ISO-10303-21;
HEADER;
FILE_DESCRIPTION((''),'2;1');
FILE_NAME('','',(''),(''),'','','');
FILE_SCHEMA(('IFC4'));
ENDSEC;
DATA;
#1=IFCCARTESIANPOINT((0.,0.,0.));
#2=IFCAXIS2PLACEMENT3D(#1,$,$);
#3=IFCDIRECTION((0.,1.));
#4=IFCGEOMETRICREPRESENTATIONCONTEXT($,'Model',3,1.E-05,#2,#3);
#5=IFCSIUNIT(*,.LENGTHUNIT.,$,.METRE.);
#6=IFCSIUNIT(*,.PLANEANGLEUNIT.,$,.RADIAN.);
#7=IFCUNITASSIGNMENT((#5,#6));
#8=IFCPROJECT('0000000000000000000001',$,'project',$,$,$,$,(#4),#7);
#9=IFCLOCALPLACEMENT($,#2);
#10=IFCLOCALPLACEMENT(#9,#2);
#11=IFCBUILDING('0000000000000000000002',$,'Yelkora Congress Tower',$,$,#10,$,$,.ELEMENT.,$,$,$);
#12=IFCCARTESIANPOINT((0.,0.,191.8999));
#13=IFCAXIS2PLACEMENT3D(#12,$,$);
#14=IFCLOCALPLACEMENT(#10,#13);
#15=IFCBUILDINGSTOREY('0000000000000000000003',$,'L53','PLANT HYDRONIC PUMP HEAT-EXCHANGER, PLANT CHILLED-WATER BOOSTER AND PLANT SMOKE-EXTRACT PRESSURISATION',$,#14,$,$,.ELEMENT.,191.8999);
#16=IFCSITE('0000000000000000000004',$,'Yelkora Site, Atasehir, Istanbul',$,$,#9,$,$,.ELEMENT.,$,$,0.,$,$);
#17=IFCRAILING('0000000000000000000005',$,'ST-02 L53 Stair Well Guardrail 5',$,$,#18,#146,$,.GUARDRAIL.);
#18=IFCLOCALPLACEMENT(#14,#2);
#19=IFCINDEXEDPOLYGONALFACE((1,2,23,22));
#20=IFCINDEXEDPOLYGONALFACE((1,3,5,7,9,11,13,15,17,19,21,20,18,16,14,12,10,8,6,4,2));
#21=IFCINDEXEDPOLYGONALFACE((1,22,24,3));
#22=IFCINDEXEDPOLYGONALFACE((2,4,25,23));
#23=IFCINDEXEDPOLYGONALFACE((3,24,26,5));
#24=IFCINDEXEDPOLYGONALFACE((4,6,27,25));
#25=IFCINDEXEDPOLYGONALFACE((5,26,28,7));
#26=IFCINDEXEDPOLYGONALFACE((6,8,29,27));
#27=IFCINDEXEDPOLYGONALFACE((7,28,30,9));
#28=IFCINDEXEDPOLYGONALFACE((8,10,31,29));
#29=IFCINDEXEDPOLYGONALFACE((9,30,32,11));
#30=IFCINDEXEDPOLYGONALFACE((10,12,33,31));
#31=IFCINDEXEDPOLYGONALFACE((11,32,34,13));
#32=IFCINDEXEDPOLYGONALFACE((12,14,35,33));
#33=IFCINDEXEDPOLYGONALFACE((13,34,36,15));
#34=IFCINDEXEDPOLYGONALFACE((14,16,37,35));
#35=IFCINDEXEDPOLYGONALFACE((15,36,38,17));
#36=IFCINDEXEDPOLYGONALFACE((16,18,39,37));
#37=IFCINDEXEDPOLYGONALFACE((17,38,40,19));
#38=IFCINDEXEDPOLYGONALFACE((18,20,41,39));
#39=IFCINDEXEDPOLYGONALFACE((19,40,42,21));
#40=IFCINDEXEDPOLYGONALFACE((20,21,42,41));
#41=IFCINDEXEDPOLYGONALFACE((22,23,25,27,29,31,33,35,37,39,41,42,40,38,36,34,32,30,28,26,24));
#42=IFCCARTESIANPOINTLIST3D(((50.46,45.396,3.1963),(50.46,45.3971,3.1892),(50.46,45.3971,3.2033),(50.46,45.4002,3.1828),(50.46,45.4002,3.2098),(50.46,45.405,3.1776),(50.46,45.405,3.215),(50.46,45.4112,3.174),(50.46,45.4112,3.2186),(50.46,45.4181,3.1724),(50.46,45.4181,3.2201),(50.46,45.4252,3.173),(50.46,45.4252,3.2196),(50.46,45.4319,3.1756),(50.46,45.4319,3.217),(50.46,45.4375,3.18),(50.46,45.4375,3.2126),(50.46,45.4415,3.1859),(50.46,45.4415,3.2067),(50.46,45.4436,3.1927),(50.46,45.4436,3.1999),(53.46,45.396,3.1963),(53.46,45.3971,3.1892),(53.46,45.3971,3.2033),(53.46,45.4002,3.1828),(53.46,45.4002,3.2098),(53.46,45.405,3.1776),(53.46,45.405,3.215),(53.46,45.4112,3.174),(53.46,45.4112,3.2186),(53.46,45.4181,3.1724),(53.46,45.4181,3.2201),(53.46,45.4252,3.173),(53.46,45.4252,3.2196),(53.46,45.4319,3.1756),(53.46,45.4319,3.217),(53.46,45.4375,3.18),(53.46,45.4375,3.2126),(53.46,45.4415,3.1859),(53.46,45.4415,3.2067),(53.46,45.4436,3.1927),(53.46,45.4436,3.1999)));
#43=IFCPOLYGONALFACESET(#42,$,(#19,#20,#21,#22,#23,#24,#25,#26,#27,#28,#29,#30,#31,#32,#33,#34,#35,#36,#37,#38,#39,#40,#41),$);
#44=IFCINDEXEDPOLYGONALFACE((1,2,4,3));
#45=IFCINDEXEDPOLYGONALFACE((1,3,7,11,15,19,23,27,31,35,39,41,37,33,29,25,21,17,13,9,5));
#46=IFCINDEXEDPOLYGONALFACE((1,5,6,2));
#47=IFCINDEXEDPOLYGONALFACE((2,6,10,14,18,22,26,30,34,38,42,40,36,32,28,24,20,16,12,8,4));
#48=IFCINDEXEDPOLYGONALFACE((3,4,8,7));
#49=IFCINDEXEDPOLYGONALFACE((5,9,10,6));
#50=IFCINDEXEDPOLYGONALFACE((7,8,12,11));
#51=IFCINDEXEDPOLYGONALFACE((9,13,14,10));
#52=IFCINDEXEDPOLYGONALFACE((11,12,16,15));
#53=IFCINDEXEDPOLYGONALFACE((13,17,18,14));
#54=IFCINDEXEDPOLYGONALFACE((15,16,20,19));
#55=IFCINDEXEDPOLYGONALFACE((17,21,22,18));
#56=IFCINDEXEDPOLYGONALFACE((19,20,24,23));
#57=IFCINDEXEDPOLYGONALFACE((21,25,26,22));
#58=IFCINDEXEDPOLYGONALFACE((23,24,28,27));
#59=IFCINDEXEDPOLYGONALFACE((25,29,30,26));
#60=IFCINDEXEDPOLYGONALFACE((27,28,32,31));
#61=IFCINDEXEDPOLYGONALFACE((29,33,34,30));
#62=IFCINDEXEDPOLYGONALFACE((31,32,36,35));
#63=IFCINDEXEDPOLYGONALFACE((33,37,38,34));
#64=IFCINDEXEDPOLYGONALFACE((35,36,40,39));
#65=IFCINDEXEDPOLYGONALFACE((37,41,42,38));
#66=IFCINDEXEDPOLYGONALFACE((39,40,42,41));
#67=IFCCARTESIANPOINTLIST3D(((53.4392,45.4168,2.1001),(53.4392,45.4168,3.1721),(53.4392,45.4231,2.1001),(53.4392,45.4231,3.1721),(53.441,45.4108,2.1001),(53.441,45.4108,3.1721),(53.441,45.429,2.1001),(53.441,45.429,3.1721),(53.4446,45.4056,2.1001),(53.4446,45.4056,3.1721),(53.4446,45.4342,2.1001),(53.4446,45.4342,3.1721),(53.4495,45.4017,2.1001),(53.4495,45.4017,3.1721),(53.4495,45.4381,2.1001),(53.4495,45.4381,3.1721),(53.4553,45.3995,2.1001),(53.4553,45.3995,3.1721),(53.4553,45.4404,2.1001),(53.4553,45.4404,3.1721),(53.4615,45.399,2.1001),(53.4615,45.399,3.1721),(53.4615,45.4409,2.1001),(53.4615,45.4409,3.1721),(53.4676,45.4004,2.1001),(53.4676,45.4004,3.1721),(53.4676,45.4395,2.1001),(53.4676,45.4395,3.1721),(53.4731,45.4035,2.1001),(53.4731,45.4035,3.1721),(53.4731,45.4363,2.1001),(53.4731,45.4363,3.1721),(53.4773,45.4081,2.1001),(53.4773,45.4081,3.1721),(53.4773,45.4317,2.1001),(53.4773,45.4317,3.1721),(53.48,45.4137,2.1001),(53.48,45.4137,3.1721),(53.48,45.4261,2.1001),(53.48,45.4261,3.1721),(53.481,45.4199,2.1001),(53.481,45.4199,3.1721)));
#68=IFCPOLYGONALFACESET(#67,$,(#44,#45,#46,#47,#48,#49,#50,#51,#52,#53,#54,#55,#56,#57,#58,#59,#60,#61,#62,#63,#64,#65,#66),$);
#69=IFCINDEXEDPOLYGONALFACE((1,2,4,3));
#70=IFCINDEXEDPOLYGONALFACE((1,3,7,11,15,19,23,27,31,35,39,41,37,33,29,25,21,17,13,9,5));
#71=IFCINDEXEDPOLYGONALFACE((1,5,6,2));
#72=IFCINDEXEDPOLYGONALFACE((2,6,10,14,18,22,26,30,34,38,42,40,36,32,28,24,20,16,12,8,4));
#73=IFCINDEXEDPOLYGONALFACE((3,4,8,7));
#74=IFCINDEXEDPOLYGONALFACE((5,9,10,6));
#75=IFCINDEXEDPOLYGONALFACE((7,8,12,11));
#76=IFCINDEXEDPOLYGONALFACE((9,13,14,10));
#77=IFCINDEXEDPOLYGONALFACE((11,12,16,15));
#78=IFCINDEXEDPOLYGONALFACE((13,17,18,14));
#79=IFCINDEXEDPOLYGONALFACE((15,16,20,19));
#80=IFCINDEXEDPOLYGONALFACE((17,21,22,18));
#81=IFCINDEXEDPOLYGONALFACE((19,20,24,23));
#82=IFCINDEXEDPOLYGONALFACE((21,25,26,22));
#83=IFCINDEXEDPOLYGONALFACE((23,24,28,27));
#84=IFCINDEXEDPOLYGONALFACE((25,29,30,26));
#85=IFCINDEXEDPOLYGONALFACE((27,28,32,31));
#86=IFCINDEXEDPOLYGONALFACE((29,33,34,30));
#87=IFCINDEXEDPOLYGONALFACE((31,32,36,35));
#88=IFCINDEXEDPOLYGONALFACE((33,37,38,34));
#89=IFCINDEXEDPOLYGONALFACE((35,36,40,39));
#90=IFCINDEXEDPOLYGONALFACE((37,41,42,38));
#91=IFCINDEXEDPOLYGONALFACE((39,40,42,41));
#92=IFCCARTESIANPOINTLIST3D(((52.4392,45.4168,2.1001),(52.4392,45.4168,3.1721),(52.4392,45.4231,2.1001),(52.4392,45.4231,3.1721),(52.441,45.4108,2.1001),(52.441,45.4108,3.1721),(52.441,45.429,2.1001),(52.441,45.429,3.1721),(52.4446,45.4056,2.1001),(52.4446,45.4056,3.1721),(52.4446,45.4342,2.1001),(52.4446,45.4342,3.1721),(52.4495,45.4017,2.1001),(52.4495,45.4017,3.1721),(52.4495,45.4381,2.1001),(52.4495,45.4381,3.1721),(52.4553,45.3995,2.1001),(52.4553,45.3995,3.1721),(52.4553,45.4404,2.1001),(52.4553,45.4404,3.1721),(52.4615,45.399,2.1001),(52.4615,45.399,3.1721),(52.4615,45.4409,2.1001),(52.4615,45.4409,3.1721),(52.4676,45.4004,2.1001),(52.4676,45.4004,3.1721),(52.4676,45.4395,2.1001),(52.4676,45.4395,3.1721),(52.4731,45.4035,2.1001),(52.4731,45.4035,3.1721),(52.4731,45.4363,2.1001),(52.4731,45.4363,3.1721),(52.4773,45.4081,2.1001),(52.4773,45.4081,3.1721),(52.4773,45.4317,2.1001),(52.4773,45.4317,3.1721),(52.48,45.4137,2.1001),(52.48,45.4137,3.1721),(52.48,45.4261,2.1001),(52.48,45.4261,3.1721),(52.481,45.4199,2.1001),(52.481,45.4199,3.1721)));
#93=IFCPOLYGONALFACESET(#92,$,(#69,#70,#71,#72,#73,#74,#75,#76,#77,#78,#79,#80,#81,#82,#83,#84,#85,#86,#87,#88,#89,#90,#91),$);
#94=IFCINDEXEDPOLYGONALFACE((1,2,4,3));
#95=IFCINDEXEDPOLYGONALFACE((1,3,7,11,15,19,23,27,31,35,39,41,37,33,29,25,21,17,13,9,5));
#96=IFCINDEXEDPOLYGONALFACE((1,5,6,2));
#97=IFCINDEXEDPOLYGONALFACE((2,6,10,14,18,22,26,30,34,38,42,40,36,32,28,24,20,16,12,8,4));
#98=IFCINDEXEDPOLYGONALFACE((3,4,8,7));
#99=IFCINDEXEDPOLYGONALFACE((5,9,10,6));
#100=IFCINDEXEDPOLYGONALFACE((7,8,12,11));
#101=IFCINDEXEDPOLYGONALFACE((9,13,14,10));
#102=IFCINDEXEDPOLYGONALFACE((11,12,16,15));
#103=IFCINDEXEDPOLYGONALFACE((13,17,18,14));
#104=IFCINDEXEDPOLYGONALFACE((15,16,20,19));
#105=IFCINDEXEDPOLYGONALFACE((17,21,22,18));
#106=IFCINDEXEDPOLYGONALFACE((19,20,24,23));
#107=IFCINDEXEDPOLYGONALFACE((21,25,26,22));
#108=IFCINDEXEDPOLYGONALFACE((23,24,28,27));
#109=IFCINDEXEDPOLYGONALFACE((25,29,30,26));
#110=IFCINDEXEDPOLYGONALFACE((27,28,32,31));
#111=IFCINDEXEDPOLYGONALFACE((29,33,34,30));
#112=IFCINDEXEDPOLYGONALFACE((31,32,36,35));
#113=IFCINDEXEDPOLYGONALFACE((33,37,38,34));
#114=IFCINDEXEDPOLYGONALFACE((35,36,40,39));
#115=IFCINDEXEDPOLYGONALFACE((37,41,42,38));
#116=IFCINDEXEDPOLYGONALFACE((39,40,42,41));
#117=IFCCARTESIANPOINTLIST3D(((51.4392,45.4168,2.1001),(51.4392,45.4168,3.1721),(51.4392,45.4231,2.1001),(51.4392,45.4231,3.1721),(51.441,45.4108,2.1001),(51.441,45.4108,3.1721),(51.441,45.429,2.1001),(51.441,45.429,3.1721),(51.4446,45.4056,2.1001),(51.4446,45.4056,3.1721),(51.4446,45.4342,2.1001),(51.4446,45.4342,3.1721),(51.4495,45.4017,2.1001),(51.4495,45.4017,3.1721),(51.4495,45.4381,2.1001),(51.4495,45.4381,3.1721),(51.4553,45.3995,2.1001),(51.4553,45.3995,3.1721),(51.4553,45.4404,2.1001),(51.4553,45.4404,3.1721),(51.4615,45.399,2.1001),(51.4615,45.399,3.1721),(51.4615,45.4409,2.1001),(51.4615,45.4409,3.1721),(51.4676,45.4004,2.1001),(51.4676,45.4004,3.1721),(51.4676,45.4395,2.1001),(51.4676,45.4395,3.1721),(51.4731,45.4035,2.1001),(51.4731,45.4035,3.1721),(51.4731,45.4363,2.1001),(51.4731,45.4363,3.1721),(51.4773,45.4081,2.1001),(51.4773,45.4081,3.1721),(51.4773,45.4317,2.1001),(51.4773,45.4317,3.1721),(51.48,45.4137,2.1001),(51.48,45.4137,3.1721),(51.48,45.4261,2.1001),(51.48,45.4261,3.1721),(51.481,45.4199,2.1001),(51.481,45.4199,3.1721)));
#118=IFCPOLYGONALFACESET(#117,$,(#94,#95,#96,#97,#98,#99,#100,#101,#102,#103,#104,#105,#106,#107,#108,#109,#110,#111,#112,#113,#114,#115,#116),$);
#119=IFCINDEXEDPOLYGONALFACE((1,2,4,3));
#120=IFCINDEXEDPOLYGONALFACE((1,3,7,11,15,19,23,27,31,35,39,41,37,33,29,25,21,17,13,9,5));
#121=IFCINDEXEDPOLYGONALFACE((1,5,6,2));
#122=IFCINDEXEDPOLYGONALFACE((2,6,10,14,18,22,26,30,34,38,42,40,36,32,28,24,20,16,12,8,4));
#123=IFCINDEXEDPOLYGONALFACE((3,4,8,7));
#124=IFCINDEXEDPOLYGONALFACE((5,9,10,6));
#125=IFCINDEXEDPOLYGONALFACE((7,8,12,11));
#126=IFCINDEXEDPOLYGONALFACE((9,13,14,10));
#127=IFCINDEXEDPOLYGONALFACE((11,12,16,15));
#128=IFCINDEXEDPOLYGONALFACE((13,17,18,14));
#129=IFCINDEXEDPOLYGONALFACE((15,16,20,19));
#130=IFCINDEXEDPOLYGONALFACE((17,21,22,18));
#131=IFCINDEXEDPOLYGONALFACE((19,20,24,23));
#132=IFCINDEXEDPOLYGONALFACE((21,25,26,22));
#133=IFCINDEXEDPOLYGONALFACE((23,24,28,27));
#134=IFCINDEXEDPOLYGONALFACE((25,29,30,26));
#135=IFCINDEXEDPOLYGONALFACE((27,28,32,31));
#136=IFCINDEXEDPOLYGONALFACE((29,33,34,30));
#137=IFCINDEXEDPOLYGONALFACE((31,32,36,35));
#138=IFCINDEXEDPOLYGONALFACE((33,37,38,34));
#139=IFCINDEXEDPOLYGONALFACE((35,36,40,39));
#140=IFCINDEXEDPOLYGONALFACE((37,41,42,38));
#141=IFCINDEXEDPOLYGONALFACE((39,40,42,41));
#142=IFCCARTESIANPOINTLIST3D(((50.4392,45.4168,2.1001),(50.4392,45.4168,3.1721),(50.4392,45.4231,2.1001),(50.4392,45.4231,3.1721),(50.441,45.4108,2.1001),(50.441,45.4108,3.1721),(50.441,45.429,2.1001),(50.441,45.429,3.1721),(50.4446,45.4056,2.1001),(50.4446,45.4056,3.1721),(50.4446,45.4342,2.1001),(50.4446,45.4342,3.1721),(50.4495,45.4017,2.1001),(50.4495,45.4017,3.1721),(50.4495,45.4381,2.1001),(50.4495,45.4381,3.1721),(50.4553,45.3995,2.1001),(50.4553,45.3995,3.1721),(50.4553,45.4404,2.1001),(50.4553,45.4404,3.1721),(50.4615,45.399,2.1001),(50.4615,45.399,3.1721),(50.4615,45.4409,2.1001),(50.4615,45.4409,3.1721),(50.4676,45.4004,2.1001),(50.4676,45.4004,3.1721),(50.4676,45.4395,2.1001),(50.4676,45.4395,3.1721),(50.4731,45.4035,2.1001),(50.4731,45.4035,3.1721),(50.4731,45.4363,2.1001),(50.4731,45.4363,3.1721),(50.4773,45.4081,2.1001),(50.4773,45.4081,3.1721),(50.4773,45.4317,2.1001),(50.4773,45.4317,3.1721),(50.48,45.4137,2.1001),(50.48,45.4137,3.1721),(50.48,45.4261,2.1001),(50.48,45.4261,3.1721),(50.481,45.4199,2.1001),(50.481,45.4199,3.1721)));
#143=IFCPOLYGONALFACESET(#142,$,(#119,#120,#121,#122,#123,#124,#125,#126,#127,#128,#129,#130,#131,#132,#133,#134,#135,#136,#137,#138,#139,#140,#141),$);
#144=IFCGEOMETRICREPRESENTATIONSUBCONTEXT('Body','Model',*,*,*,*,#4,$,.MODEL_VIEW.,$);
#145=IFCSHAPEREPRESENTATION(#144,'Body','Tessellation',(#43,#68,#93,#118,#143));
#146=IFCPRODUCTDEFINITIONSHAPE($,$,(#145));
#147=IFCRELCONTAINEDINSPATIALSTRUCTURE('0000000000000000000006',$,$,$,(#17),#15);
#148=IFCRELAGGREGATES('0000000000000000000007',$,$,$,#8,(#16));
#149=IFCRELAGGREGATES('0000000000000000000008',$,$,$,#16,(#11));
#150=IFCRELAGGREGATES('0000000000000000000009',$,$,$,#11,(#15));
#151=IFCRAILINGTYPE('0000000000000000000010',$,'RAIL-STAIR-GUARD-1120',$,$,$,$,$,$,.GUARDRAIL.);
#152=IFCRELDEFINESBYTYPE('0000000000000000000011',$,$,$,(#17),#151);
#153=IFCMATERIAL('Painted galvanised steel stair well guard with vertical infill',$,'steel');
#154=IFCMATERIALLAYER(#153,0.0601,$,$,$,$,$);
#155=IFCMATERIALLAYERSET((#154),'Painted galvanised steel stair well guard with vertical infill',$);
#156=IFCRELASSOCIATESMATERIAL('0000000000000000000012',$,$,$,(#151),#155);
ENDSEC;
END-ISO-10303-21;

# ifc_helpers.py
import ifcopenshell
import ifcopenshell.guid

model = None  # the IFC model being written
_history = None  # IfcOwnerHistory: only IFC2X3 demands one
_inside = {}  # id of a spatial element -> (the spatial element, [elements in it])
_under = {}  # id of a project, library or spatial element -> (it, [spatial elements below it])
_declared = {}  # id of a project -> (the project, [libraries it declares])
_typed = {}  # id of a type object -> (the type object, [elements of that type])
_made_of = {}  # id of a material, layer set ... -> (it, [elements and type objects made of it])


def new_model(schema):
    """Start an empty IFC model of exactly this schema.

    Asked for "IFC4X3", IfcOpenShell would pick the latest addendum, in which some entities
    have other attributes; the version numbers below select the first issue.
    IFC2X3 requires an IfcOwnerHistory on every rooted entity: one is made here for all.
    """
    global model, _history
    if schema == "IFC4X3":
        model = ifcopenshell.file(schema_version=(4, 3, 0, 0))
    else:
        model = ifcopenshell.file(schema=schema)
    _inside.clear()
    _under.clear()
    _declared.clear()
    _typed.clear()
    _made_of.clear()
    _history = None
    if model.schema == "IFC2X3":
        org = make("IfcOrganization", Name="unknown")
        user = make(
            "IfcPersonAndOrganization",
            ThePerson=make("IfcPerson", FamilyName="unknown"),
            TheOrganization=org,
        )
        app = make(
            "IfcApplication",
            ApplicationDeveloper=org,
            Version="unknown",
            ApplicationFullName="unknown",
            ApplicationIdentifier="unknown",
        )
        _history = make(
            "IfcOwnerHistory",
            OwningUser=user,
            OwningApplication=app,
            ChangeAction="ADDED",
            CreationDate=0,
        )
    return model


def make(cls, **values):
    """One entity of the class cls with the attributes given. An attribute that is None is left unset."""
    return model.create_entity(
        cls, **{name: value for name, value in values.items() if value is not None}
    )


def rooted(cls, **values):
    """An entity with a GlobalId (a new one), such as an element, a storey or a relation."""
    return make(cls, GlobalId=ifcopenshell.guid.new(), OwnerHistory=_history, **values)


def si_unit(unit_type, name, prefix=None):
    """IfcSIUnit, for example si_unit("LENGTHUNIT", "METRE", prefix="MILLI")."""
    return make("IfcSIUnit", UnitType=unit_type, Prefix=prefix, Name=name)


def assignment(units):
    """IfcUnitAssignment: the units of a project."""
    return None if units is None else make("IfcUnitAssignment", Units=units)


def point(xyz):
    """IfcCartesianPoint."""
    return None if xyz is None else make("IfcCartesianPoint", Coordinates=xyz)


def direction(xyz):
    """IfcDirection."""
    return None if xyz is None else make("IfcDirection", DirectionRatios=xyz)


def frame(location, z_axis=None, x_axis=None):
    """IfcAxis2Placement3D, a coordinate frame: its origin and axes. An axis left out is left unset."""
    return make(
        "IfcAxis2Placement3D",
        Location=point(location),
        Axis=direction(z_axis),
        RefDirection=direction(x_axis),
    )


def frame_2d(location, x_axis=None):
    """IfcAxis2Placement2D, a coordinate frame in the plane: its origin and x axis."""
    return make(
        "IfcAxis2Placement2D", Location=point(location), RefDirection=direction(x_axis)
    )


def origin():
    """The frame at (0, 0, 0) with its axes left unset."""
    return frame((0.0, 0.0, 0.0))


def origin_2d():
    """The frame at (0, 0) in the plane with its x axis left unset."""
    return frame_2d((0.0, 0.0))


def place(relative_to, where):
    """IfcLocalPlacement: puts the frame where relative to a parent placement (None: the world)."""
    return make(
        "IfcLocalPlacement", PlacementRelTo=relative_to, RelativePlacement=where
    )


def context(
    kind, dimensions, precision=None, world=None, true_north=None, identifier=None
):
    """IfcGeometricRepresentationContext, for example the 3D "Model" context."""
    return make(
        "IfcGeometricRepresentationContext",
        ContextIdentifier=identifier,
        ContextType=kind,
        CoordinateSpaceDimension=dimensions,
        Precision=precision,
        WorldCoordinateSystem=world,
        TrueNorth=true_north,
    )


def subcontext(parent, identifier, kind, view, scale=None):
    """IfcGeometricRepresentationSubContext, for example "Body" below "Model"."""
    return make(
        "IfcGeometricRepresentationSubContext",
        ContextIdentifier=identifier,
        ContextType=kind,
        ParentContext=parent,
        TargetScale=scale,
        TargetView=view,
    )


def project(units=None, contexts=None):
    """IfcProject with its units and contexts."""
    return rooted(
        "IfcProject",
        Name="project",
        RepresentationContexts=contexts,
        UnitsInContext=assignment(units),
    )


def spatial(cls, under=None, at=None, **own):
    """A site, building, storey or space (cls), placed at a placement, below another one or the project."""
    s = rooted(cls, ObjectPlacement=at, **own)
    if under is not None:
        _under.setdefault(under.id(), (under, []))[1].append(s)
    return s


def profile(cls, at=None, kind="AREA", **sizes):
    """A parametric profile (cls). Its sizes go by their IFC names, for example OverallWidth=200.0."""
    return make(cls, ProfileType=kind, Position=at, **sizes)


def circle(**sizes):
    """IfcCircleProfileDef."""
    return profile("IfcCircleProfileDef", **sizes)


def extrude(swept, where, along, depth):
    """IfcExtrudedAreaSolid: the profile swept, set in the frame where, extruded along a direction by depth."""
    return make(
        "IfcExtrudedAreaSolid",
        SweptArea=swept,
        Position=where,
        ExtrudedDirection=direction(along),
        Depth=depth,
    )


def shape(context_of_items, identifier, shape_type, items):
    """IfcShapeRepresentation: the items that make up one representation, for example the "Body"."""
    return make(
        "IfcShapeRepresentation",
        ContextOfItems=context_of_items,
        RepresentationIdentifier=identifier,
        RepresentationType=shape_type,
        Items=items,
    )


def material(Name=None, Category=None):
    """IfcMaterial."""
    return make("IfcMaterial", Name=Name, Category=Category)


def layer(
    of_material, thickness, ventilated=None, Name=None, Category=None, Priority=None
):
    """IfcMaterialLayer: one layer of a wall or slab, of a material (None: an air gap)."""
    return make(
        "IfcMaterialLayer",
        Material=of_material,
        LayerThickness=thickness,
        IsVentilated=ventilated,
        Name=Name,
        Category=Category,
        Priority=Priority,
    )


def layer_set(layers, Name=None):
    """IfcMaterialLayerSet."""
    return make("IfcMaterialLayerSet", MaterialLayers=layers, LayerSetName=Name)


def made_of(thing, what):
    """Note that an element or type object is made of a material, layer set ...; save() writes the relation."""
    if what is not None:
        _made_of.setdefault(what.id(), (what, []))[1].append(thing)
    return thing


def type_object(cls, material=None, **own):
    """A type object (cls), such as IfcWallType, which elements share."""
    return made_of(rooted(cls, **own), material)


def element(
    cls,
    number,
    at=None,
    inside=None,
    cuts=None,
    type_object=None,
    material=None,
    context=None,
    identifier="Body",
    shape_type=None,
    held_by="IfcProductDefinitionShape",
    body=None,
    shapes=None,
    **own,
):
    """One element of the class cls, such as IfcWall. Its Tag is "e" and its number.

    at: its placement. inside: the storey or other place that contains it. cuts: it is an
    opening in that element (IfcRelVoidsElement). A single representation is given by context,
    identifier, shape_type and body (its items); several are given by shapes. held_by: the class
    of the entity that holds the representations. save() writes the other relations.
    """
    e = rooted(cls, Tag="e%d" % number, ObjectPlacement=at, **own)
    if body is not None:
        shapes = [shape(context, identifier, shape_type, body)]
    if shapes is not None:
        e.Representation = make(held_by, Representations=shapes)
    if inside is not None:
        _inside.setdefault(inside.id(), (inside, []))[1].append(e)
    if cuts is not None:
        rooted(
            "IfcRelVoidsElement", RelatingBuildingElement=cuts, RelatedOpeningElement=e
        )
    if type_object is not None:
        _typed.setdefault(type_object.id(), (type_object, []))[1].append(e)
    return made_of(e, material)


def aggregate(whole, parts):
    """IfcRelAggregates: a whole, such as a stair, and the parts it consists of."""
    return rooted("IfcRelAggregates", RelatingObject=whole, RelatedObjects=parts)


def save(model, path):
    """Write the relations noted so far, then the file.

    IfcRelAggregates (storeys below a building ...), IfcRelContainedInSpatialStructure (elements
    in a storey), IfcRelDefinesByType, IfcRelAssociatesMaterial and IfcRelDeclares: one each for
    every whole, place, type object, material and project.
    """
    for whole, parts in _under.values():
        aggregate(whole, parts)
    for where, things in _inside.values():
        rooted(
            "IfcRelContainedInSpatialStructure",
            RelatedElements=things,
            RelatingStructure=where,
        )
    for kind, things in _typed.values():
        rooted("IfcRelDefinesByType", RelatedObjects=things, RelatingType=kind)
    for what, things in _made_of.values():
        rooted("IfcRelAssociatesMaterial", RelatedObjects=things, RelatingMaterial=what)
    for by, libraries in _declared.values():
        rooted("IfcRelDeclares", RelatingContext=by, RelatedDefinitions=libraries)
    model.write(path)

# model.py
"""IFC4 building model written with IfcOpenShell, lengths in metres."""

from ifc_helpers import new_model, si_unit, direction, frame, origin, origin_2d, place, context, subcontext, project, spatial, circle, extrude, material, layer, layer_set, type_object, element, save


model = new_model("IFC4")

# Units and contexts
model_context = context("Model", 3, precision=1e-05, world=origin(), true_north=direction((0.0, 1.0)))
body_context = subcontext(model_context, "Body", "Model", "MODEL_VIEW")
ifc_project = project(units=[si_unit("LENGTHUNIT", "METRE"), si_unit("PLANEANGLEUNIT", "RADIAN")], contexts=[model_context])

# Site, building, storey
site_placement = place(None, origin())
site = spatial("IfcSite", under=ifc_project, at=site_placement, Name="Yelkora Site, Atasehir, Istanbul", CompositionType="ELEMENT", RefElevation=0.0)
building_placement = place(site_placement, origin())
building = spatial("IfcBuilding", under=site, at=building_placement, Name="Yelkora Congress Tower", CompositionType="ELEMENT")
storey_placement = place(building_placement, frame((0.0, 0.0, 191.8999)))
storey = spatial("IfcBuildingStorey", under=building, at=storey_placement, Name="L53", Description="PLANT HYDRONIC PUMP HEAT-EXCHANGER, PLANT CHILLED-WATER BOOSTER AND PLANT SMOKE-EXTRACT PRESSURISATION", CompositionType="ELEMENT", Elevation=191.8999)

# Railing
ifc_material_1 = material(Name="Painted galvanised steel stair well guard with vertical infill", Category="steel")
ifc_layer_1 = layer(ifc_material_1, 0.0601)
ifc_layer_set_1 = layer_set([ifc_layer_1], Name="Painted galvanised steel stair well guard with vertical infill")
railing_type_1 = type_object("IfcRailingType", Name="RAIL-STAIR-GUARD-1120", PredefinedType="GUARDRAIL", material=ifc_layer_set_1)
railing_1_placement = place(storey_placement, frame((53.46, 45.4199, 2.1001)))
element("IfcRailing", 1, at=railing_1_placement, inside=storey, type_object=railing_type_1, Name="ST-02 L53 Stair Well Guardrail 5", PredefinedType="GUARDRAIL", context=body_context, shape_type="SweptSolid", body=[
    extrude(circle(Radius=0.0239, at=origin_2d()), frame((0.0, 0.0, 1.0962), z_axis=(-1.0, 0.0, 0.0), x_axis=(0.0, -1.0, 0.0)), (0.0, 0.0, 1.0), 3.0),
    extrude(circle(Radius=0.021, at=origin_2d()), origin(), (0.0, 0.0, 1.0), 1.072),
    extrude(circle(Radius=0.021, at=origin_2d()), frame((-1.0, 0.0, 0.0)), (0.0, 0.0, 1.0), 1.072),
    extrude(circle(Radius=0.021, at=origin_2d()), frame((-2.0, 0.0, 0.0)), (0.0, 0.0, 1.0), 1.072),
    extrude(circle(Radius=0.021, at=origin_2d()), frame((-3.0, 0.0, 0.0)), (0.0, 0.0, 1.0), 1.072),
])

save(model, "model.ifc")
